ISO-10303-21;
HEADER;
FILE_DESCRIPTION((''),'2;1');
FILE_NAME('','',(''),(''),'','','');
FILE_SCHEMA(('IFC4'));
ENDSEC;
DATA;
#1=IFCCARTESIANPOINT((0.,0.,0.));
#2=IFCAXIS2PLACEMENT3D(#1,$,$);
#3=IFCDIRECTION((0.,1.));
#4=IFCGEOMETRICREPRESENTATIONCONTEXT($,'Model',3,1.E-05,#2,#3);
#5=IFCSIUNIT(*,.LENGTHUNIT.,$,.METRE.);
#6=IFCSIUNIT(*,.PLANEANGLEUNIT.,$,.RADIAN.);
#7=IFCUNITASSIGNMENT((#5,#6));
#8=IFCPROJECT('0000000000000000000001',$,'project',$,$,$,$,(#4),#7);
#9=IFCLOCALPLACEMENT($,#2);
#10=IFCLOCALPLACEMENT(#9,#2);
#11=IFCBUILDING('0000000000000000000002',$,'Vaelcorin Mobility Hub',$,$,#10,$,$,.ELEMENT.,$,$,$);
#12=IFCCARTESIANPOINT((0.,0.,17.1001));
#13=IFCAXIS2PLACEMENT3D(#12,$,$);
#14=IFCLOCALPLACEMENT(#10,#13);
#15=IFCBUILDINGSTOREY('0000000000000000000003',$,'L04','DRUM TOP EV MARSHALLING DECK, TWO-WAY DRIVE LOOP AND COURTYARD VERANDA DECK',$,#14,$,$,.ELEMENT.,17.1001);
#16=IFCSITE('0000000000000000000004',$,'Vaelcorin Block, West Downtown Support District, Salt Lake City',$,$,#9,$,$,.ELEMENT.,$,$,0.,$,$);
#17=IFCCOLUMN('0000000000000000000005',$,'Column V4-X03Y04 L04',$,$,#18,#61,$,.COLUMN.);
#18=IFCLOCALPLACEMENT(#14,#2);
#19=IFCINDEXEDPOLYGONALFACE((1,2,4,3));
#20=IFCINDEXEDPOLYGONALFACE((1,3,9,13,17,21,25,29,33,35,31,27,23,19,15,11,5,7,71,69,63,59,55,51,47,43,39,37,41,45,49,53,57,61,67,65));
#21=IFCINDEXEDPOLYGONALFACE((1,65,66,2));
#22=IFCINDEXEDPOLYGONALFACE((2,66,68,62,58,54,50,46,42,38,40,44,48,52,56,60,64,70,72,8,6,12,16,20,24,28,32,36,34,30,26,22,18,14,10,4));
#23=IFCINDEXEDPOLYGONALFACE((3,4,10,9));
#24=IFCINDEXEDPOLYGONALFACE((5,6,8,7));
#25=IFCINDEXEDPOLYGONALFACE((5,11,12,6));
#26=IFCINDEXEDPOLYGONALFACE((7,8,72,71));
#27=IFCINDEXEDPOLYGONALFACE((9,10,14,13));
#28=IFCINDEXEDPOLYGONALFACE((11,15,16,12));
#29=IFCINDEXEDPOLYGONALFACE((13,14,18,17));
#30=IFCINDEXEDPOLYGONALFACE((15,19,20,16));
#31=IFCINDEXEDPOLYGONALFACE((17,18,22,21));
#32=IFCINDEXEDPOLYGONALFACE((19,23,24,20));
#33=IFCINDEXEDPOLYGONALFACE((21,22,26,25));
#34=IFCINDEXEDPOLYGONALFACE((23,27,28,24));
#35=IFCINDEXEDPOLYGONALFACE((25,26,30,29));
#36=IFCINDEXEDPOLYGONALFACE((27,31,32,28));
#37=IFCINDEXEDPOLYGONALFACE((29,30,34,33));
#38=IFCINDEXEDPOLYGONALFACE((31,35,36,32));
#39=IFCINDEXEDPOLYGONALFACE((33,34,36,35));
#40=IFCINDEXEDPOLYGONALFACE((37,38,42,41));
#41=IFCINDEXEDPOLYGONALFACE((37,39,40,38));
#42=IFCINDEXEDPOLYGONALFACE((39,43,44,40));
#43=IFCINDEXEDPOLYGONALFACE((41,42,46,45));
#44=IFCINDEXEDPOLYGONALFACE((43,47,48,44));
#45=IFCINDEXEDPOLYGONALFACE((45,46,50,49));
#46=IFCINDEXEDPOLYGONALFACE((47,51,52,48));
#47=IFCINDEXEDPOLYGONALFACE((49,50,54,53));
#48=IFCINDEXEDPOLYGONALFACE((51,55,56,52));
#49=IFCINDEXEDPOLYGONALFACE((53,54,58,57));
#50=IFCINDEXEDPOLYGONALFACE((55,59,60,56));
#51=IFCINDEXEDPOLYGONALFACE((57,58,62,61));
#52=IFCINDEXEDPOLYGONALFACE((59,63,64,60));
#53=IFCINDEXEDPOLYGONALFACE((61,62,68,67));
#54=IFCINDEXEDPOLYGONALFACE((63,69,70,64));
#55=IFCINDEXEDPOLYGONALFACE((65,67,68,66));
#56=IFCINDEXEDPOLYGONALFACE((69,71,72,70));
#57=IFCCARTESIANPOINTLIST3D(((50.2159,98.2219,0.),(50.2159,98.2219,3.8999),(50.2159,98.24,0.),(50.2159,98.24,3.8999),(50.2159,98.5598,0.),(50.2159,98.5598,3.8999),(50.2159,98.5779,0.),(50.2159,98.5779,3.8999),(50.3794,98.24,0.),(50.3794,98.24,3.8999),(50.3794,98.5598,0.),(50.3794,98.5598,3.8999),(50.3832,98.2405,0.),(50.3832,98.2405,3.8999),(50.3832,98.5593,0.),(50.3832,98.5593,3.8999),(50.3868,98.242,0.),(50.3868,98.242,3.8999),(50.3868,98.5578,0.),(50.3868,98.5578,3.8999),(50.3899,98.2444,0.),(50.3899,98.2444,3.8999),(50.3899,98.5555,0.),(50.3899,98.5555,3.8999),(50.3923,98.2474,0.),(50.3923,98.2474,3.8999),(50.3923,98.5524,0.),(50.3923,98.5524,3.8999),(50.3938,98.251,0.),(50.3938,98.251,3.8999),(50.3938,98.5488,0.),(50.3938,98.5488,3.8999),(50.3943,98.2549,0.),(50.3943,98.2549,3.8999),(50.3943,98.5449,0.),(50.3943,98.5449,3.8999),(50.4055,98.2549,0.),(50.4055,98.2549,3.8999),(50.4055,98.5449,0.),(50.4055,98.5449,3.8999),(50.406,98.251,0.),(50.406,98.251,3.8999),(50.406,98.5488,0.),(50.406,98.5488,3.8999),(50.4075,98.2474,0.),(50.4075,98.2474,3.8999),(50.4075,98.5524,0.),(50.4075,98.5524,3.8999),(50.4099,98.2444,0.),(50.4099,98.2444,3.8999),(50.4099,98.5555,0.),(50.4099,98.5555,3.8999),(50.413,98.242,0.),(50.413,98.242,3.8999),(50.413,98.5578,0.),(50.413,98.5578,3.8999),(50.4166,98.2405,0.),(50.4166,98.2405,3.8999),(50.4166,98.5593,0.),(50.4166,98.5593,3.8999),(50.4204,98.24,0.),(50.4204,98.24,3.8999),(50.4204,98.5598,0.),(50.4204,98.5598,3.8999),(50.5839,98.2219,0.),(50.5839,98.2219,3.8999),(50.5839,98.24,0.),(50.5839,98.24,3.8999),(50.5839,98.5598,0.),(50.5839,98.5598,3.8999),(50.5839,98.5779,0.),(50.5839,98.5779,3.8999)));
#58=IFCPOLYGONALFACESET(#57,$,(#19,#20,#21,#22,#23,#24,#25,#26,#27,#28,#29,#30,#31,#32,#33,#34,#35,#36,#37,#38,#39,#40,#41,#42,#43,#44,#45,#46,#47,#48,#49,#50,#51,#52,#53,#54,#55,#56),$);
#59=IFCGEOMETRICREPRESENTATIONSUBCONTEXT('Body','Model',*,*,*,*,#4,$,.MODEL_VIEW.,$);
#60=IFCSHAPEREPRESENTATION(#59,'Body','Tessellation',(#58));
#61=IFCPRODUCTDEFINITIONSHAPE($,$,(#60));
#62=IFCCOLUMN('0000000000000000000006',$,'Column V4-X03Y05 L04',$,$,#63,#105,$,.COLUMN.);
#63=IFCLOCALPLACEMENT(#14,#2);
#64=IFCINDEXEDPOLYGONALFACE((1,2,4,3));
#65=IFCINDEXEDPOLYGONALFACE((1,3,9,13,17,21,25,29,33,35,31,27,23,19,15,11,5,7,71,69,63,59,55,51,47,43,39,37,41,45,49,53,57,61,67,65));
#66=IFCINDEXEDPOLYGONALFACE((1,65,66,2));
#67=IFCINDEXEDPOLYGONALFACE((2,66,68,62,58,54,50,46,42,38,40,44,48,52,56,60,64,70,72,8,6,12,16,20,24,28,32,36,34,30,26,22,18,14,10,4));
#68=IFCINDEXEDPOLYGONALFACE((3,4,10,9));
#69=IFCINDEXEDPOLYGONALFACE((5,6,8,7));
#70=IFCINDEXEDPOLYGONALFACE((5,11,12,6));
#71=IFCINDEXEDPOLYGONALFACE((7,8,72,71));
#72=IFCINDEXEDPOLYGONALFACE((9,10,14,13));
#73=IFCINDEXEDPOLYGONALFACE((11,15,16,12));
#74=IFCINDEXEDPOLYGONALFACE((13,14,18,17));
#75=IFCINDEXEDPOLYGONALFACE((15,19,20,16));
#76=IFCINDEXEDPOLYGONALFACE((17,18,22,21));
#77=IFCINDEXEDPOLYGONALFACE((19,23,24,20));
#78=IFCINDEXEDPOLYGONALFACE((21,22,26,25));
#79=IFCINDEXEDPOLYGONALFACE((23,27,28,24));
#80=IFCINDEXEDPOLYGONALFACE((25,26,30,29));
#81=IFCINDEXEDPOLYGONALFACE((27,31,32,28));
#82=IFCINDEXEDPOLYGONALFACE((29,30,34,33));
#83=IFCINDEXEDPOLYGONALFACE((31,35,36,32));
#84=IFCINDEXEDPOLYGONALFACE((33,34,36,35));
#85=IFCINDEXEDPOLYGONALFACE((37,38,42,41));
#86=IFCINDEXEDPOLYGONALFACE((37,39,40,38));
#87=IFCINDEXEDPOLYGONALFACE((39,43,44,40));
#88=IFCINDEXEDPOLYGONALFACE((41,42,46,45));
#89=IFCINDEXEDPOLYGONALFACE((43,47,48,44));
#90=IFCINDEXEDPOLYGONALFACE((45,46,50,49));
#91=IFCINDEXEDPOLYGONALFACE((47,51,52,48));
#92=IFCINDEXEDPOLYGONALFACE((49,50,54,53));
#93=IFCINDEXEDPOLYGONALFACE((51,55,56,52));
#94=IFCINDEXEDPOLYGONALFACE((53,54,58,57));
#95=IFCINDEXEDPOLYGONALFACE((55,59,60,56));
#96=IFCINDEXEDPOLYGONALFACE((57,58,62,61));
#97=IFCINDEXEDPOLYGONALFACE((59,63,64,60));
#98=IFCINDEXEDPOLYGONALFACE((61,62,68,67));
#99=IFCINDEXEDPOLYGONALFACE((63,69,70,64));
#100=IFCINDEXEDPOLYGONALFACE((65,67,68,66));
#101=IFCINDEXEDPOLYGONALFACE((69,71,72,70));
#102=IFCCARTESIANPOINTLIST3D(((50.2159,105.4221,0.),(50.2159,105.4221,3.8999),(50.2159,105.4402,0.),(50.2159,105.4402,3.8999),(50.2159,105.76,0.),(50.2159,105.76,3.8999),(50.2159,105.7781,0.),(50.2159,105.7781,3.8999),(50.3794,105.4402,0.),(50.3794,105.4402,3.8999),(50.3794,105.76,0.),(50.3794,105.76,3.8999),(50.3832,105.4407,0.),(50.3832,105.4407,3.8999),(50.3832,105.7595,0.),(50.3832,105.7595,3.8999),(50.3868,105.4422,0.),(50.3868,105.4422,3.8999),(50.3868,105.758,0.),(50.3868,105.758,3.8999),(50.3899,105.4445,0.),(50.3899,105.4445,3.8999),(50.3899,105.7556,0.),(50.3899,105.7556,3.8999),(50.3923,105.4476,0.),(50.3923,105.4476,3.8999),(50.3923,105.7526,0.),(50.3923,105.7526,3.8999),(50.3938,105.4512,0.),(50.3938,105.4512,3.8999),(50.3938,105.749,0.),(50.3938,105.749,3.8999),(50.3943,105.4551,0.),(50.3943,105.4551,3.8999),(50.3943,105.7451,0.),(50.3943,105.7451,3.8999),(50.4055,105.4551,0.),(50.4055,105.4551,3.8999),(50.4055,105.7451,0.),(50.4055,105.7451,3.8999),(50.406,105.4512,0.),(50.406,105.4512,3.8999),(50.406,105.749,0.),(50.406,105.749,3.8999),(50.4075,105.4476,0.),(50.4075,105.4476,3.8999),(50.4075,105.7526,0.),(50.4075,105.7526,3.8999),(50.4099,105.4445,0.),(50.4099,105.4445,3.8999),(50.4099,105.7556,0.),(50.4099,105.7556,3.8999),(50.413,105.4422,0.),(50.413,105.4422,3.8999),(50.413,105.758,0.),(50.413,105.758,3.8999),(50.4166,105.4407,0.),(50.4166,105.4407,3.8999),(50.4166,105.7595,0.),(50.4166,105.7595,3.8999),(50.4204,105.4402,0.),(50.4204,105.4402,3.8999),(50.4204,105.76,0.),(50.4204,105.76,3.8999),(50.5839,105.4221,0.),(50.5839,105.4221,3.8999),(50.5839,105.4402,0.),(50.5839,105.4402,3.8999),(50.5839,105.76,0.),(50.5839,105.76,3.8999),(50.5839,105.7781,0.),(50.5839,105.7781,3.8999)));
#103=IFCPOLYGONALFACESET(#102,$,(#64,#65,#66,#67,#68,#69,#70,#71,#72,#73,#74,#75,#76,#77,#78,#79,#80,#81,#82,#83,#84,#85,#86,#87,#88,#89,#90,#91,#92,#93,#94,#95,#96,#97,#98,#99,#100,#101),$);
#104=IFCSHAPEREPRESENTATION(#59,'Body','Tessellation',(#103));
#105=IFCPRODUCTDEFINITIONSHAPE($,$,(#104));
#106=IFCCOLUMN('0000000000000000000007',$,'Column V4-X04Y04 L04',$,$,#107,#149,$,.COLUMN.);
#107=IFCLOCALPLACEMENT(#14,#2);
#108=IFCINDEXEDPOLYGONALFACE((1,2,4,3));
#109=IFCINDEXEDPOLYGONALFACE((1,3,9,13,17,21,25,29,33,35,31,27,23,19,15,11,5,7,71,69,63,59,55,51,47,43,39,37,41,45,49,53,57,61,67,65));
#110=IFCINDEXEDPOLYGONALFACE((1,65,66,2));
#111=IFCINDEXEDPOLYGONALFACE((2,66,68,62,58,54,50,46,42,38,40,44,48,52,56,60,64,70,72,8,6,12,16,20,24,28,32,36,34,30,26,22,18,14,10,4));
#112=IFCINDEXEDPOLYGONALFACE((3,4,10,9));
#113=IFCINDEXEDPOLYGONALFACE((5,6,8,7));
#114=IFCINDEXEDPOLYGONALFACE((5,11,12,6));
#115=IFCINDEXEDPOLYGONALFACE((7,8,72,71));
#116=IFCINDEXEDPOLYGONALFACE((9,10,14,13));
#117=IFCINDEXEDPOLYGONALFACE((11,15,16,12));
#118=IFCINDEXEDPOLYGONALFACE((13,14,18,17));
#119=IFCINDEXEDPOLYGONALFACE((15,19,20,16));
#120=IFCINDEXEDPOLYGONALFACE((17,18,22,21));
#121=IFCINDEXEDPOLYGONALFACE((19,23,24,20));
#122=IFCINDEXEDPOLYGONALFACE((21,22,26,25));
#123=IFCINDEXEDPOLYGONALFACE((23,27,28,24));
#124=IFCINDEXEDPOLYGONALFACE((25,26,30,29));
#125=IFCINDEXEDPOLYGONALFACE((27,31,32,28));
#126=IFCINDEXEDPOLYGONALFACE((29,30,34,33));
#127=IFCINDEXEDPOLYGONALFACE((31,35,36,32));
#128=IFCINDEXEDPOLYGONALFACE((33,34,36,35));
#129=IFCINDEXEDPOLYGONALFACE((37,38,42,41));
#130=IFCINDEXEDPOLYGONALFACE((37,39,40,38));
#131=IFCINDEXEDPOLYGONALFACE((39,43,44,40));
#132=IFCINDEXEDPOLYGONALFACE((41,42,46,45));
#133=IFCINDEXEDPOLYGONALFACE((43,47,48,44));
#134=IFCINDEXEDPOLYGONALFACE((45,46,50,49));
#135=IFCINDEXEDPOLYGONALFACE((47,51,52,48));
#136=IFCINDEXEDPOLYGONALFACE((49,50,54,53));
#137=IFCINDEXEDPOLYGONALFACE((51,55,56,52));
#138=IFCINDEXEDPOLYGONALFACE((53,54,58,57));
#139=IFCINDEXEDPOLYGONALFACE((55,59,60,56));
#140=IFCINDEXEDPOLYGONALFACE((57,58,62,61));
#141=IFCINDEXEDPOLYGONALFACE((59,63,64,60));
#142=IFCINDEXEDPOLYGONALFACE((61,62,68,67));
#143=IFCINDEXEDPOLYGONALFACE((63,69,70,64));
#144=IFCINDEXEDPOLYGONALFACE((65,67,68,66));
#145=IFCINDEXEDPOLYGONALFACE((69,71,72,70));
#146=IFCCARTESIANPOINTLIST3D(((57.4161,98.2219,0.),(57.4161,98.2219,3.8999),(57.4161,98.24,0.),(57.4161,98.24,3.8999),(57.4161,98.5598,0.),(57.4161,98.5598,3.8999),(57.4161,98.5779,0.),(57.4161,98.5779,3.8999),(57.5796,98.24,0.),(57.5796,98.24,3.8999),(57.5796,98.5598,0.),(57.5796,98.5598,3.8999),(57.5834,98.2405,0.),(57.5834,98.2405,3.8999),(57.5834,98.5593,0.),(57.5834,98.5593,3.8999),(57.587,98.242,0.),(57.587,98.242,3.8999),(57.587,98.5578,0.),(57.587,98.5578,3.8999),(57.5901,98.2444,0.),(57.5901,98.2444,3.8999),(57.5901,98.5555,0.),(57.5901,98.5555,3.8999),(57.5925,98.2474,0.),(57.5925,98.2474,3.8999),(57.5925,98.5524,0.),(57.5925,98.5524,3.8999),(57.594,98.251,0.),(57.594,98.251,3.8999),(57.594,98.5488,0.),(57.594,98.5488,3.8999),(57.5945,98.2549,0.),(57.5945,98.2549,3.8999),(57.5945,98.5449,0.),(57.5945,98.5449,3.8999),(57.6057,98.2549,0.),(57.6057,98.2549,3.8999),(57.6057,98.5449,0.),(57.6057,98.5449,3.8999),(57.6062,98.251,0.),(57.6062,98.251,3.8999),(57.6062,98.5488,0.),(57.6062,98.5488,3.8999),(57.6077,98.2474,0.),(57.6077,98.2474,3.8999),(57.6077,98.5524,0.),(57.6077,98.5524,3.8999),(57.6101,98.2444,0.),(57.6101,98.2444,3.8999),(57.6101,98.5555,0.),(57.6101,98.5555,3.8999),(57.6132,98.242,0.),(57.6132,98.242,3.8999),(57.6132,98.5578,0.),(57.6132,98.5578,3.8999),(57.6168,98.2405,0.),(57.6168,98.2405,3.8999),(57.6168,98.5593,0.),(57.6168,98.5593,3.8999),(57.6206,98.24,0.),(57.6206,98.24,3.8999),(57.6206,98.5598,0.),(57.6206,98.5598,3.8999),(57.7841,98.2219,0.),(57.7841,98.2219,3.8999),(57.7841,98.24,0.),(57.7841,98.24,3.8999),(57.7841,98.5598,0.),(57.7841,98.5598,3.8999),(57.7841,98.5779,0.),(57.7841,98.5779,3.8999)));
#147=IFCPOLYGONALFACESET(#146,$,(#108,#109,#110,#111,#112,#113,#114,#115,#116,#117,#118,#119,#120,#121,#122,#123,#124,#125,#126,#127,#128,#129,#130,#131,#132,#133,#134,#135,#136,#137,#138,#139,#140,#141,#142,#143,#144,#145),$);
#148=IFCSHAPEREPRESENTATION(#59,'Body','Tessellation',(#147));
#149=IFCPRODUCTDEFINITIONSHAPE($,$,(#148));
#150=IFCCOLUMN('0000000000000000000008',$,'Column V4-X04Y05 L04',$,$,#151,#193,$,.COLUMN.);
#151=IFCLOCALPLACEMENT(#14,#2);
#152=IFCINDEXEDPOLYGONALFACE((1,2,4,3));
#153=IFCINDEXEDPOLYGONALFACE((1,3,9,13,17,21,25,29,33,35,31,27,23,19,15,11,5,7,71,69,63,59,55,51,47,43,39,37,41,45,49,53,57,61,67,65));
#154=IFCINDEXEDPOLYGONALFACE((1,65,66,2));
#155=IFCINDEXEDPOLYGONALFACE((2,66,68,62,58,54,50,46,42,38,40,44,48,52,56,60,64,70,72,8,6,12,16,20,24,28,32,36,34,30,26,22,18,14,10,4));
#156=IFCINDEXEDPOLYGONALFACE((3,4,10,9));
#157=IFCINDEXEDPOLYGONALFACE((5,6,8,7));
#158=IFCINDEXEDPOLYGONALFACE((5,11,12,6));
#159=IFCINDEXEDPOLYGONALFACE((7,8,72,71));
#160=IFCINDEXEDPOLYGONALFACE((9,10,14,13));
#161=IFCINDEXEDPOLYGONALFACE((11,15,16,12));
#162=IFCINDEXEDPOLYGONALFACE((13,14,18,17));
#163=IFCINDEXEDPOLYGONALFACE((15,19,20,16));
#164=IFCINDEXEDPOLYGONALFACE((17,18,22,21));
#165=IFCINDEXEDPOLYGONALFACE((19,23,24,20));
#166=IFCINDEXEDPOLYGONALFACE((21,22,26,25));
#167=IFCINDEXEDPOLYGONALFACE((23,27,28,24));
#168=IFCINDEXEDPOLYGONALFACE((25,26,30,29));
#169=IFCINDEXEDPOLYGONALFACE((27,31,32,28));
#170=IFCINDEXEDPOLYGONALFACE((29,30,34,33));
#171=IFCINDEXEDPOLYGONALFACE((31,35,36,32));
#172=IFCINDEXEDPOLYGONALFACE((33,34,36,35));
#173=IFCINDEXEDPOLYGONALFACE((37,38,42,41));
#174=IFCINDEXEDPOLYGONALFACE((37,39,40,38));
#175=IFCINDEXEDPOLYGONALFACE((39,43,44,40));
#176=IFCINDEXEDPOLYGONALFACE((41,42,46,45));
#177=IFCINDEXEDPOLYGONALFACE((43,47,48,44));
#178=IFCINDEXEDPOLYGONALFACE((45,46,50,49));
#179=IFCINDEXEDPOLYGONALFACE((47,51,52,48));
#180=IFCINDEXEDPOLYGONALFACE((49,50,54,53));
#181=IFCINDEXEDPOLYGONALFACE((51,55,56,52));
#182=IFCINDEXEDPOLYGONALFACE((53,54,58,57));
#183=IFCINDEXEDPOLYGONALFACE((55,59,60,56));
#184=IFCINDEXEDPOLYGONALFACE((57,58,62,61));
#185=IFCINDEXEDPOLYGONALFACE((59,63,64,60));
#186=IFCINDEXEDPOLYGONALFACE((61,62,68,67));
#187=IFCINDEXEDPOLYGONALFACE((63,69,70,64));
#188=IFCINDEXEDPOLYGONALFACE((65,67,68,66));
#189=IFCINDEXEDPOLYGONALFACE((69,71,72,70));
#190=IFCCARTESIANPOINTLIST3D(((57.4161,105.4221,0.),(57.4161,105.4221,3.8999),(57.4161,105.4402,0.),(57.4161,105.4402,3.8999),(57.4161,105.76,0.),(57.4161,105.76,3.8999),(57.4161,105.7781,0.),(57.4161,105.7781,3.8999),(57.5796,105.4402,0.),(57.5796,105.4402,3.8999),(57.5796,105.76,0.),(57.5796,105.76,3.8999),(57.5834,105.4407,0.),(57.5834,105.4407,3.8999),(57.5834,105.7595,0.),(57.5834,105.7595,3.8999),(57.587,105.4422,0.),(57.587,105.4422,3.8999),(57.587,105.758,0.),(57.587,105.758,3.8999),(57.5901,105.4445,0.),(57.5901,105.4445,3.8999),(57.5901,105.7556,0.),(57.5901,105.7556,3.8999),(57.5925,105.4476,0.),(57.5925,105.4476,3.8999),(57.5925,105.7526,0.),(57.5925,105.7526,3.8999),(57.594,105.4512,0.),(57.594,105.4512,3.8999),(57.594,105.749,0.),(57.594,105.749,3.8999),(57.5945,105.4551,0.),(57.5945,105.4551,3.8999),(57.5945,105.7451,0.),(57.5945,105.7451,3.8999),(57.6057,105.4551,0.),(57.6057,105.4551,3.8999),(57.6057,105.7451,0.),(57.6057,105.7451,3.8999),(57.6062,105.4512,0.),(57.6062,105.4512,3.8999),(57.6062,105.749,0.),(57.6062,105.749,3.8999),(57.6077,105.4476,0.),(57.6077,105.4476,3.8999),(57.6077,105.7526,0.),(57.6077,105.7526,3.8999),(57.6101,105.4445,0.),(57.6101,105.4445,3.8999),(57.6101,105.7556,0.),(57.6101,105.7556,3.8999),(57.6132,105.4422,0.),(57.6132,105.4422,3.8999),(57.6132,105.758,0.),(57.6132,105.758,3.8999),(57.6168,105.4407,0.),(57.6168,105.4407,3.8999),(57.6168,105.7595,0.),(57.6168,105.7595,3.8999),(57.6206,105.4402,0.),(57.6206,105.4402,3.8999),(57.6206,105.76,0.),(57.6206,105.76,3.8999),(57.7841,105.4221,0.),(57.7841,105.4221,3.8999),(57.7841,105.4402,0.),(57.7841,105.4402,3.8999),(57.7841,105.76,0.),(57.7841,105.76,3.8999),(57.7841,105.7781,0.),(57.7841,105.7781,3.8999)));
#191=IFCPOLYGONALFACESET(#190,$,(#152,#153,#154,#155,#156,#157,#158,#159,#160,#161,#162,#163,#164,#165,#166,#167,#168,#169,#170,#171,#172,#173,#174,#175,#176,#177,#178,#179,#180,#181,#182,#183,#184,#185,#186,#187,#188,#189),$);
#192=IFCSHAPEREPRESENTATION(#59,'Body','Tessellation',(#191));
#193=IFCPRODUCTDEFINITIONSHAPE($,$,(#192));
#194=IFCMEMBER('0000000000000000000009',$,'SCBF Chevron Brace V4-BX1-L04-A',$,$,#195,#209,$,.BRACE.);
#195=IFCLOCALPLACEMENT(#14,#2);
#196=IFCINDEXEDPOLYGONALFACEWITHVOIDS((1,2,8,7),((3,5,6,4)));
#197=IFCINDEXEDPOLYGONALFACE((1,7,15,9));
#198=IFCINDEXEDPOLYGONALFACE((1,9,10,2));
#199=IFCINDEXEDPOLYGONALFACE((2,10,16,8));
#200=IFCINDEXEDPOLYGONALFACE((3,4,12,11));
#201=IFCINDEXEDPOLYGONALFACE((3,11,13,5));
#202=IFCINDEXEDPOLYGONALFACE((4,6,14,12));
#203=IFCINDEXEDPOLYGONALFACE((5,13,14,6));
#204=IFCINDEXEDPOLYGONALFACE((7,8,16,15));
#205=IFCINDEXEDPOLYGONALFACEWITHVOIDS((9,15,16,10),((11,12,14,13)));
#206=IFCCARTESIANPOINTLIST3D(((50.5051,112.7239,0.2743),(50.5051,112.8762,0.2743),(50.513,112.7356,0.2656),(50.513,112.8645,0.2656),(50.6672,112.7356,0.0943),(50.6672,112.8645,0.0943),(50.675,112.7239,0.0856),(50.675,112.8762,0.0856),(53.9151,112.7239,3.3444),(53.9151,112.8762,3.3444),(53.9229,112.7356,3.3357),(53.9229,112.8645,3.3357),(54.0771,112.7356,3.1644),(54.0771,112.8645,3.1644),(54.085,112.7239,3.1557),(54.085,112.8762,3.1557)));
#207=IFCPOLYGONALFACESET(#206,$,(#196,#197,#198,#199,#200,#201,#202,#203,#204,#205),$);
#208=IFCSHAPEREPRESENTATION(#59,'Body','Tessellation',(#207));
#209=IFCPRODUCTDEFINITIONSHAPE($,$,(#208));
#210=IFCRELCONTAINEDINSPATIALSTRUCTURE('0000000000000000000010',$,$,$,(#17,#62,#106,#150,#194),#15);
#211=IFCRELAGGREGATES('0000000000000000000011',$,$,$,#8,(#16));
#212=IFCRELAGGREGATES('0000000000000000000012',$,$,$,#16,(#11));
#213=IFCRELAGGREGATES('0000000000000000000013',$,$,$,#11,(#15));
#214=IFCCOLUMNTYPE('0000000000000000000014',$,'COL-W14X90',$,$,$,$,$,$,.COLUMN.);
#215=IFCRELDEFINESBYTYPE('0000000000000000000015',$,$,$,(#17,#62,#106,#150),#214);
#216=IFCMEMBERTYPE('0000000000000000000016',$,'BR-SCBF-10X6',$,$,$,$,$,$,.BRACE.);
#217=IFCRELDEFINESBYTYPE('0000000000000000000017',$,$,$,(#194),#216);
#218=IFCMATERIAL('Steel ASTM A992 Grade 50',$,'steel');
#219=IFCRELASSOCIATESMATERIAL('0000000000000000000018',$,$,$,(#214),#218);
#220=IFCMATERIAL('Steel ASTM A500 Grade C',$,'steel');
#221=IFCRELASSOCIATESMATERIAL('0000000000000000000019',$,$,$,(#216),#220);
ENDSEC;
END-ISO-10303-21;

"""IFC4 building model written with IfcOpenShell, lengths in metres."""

from ifc_helpers import new_model, si_unit, direction, frame, origin, origin_2d, place, context, subcontext, project, spatial, hollow_rectangle, i_section, extrude, material, material_profile, profile_set, type_object, element, save


model = new_model("IFC4")

# Units and contexts
model_context = context("Model", 3, precision=1e-05, world=origin(), true_north=direction((0.0, 1.0)))
body_context = subcontext(model_context, "Body", "Model", "MODEL_VIEW")
ifc_project = project(units=[si_unit("LENGTHUNIT", "METRE"), si_unit("PLANEANGLEUNIT", "RADIAN")], contexts=[model_context])

# Site, building, storey
site_placement = place(None, origin())
site = spatial("IfcSite", under=ifc_project, at=site_placement, Name="Vaelcorin Block, West Downtown Support District, Salt Lake City", CompositionType="ELEMENT", RefElevation=0.0)
building_placement = place(site_placement, origin())
building = spatial("IfcBuilding", under=site, at=building_placement, Name="Vaelcorin Mobility Hub", CompositionType="ELEMENT")
storey_placement = place(building_placement, frame((0.0, 0.0, 17.1001)))
storey = spatial("IfcBuildingStorey", under=building, at=storey_placement, Name="L04", Description="DRUM TOP EV MARSHALLING DECK, TWO-WAY DRIVE LOOP AND COURTYARD VERANDA DECK", CompositionType="ELEMENT", Elevation=17.1001)

# Columns
ifc_material_1 = material(Name="Steel ASTM A992 Grade 50", Category="steel")
ifc_material_profile_1 = material_profile(ifc_material_1, i_section(OverallWidth=0.3679, OverallDepth=0.356, WebThickness=0.0112, FlangeThickness=0.0181, FilletRadius=0.0149, at=origin_2d()), Name="W14X90")
ifc_profile_set_1 = profile_set([ifc_material_profile_1], Name="Steel ASTM A992 Grade 50")
column_type_1 = type_object("IfcColumnType", Name="COL-W14X90", PredefinedType="COLUMN", material=ifc_profile_set_1)
for number, where, z_axis, x_axis, name in (
    (1, (50.3999, 98.3999, 0.0), (0.0, 0.0, 1.0), (1.0, 0.0, 0.0), "Column V4-X03Y04 L04"),
    (2, (50.3999, 105.6001, 0.0), (0.0, 0.0, 1.0), (1.0, 0.0, 0.0), "Column V4-X03Y05 L04"),
    (3, (57.6001, 98.3999, 0.0), (0.0, 0.0, 1.0), (1.0, 0.0, 0.0), "Column V4-X04Y04 L04"),
    (4, (57.6001, 105.6001, 0.0), (0.0, 0.0, 1.0), (1.0, 0.0, 0.0), "Column V4-X04Y05 L04"),
):
    element("IfcColumn", number, at=place(storey_placement, frame(where, z_axis=z_axis, x_axis=x_axis)), inside=storey, type_object=column_type_1, Name=name, PredefinedType="COLUMN", context=body_context, shape_type="SweptSolid", body=[
        extrude(i_section(OverallWidth=0.3679, OverallDepth=0.356, WebThickness=0.0112, FlangeThickness=0.0181, FilletRadius=0.0149, at=origin_2d()), origin(), (0.0, 0.0, 1.0), 3.8999),
    ])

# Member
ifc_material_2 = material(Name="Steel ASTM A500 Grade C", Category="steel")
ifc_material_profile_2 = material_profile(ifc_material_2, hollow_rectangle(XDim=0.1523, YDim=0.2539, WallThickness=0.0117, at=origin_2d()), Name="HSS10X6X0.500")
ifc_profile_set_2 = profile_set([ifc_material_profile_2], Name="Steel ASTM A500 Grade C")
member_type = type_object("IfcMemberType", Name="BR-SCBF-10X6", PredefinedType="BRACE", material=ifc_profile_set_2)
for number, where, z_axis, x_axis, name in (
    (5, (50.5901, 112.8, 0.1799), (0.74317, 0.0, 0.669103), (0.0, 1.0, 0.0), "SCBF Chevron Brace V4-BX1-L04-A"),
):
    element("IfcMember", number, at=place(storey_placement, frame(where, z_axis=z_axis, x_axis=x_axis)), inside=storey, type_object=member_type, Name=name, PredefinedType="BRACE", context=body_context, shape_type="SweptSolid", body=[
        extrude(hollow_rectangle(XDim=0.1523, YDim=0.2539, WallThickness=0.0117, at=origin_2d()), origin(), (0.0, 0.0, 1.0), 4.5884),
    ])

save(model, "model.ifc")
